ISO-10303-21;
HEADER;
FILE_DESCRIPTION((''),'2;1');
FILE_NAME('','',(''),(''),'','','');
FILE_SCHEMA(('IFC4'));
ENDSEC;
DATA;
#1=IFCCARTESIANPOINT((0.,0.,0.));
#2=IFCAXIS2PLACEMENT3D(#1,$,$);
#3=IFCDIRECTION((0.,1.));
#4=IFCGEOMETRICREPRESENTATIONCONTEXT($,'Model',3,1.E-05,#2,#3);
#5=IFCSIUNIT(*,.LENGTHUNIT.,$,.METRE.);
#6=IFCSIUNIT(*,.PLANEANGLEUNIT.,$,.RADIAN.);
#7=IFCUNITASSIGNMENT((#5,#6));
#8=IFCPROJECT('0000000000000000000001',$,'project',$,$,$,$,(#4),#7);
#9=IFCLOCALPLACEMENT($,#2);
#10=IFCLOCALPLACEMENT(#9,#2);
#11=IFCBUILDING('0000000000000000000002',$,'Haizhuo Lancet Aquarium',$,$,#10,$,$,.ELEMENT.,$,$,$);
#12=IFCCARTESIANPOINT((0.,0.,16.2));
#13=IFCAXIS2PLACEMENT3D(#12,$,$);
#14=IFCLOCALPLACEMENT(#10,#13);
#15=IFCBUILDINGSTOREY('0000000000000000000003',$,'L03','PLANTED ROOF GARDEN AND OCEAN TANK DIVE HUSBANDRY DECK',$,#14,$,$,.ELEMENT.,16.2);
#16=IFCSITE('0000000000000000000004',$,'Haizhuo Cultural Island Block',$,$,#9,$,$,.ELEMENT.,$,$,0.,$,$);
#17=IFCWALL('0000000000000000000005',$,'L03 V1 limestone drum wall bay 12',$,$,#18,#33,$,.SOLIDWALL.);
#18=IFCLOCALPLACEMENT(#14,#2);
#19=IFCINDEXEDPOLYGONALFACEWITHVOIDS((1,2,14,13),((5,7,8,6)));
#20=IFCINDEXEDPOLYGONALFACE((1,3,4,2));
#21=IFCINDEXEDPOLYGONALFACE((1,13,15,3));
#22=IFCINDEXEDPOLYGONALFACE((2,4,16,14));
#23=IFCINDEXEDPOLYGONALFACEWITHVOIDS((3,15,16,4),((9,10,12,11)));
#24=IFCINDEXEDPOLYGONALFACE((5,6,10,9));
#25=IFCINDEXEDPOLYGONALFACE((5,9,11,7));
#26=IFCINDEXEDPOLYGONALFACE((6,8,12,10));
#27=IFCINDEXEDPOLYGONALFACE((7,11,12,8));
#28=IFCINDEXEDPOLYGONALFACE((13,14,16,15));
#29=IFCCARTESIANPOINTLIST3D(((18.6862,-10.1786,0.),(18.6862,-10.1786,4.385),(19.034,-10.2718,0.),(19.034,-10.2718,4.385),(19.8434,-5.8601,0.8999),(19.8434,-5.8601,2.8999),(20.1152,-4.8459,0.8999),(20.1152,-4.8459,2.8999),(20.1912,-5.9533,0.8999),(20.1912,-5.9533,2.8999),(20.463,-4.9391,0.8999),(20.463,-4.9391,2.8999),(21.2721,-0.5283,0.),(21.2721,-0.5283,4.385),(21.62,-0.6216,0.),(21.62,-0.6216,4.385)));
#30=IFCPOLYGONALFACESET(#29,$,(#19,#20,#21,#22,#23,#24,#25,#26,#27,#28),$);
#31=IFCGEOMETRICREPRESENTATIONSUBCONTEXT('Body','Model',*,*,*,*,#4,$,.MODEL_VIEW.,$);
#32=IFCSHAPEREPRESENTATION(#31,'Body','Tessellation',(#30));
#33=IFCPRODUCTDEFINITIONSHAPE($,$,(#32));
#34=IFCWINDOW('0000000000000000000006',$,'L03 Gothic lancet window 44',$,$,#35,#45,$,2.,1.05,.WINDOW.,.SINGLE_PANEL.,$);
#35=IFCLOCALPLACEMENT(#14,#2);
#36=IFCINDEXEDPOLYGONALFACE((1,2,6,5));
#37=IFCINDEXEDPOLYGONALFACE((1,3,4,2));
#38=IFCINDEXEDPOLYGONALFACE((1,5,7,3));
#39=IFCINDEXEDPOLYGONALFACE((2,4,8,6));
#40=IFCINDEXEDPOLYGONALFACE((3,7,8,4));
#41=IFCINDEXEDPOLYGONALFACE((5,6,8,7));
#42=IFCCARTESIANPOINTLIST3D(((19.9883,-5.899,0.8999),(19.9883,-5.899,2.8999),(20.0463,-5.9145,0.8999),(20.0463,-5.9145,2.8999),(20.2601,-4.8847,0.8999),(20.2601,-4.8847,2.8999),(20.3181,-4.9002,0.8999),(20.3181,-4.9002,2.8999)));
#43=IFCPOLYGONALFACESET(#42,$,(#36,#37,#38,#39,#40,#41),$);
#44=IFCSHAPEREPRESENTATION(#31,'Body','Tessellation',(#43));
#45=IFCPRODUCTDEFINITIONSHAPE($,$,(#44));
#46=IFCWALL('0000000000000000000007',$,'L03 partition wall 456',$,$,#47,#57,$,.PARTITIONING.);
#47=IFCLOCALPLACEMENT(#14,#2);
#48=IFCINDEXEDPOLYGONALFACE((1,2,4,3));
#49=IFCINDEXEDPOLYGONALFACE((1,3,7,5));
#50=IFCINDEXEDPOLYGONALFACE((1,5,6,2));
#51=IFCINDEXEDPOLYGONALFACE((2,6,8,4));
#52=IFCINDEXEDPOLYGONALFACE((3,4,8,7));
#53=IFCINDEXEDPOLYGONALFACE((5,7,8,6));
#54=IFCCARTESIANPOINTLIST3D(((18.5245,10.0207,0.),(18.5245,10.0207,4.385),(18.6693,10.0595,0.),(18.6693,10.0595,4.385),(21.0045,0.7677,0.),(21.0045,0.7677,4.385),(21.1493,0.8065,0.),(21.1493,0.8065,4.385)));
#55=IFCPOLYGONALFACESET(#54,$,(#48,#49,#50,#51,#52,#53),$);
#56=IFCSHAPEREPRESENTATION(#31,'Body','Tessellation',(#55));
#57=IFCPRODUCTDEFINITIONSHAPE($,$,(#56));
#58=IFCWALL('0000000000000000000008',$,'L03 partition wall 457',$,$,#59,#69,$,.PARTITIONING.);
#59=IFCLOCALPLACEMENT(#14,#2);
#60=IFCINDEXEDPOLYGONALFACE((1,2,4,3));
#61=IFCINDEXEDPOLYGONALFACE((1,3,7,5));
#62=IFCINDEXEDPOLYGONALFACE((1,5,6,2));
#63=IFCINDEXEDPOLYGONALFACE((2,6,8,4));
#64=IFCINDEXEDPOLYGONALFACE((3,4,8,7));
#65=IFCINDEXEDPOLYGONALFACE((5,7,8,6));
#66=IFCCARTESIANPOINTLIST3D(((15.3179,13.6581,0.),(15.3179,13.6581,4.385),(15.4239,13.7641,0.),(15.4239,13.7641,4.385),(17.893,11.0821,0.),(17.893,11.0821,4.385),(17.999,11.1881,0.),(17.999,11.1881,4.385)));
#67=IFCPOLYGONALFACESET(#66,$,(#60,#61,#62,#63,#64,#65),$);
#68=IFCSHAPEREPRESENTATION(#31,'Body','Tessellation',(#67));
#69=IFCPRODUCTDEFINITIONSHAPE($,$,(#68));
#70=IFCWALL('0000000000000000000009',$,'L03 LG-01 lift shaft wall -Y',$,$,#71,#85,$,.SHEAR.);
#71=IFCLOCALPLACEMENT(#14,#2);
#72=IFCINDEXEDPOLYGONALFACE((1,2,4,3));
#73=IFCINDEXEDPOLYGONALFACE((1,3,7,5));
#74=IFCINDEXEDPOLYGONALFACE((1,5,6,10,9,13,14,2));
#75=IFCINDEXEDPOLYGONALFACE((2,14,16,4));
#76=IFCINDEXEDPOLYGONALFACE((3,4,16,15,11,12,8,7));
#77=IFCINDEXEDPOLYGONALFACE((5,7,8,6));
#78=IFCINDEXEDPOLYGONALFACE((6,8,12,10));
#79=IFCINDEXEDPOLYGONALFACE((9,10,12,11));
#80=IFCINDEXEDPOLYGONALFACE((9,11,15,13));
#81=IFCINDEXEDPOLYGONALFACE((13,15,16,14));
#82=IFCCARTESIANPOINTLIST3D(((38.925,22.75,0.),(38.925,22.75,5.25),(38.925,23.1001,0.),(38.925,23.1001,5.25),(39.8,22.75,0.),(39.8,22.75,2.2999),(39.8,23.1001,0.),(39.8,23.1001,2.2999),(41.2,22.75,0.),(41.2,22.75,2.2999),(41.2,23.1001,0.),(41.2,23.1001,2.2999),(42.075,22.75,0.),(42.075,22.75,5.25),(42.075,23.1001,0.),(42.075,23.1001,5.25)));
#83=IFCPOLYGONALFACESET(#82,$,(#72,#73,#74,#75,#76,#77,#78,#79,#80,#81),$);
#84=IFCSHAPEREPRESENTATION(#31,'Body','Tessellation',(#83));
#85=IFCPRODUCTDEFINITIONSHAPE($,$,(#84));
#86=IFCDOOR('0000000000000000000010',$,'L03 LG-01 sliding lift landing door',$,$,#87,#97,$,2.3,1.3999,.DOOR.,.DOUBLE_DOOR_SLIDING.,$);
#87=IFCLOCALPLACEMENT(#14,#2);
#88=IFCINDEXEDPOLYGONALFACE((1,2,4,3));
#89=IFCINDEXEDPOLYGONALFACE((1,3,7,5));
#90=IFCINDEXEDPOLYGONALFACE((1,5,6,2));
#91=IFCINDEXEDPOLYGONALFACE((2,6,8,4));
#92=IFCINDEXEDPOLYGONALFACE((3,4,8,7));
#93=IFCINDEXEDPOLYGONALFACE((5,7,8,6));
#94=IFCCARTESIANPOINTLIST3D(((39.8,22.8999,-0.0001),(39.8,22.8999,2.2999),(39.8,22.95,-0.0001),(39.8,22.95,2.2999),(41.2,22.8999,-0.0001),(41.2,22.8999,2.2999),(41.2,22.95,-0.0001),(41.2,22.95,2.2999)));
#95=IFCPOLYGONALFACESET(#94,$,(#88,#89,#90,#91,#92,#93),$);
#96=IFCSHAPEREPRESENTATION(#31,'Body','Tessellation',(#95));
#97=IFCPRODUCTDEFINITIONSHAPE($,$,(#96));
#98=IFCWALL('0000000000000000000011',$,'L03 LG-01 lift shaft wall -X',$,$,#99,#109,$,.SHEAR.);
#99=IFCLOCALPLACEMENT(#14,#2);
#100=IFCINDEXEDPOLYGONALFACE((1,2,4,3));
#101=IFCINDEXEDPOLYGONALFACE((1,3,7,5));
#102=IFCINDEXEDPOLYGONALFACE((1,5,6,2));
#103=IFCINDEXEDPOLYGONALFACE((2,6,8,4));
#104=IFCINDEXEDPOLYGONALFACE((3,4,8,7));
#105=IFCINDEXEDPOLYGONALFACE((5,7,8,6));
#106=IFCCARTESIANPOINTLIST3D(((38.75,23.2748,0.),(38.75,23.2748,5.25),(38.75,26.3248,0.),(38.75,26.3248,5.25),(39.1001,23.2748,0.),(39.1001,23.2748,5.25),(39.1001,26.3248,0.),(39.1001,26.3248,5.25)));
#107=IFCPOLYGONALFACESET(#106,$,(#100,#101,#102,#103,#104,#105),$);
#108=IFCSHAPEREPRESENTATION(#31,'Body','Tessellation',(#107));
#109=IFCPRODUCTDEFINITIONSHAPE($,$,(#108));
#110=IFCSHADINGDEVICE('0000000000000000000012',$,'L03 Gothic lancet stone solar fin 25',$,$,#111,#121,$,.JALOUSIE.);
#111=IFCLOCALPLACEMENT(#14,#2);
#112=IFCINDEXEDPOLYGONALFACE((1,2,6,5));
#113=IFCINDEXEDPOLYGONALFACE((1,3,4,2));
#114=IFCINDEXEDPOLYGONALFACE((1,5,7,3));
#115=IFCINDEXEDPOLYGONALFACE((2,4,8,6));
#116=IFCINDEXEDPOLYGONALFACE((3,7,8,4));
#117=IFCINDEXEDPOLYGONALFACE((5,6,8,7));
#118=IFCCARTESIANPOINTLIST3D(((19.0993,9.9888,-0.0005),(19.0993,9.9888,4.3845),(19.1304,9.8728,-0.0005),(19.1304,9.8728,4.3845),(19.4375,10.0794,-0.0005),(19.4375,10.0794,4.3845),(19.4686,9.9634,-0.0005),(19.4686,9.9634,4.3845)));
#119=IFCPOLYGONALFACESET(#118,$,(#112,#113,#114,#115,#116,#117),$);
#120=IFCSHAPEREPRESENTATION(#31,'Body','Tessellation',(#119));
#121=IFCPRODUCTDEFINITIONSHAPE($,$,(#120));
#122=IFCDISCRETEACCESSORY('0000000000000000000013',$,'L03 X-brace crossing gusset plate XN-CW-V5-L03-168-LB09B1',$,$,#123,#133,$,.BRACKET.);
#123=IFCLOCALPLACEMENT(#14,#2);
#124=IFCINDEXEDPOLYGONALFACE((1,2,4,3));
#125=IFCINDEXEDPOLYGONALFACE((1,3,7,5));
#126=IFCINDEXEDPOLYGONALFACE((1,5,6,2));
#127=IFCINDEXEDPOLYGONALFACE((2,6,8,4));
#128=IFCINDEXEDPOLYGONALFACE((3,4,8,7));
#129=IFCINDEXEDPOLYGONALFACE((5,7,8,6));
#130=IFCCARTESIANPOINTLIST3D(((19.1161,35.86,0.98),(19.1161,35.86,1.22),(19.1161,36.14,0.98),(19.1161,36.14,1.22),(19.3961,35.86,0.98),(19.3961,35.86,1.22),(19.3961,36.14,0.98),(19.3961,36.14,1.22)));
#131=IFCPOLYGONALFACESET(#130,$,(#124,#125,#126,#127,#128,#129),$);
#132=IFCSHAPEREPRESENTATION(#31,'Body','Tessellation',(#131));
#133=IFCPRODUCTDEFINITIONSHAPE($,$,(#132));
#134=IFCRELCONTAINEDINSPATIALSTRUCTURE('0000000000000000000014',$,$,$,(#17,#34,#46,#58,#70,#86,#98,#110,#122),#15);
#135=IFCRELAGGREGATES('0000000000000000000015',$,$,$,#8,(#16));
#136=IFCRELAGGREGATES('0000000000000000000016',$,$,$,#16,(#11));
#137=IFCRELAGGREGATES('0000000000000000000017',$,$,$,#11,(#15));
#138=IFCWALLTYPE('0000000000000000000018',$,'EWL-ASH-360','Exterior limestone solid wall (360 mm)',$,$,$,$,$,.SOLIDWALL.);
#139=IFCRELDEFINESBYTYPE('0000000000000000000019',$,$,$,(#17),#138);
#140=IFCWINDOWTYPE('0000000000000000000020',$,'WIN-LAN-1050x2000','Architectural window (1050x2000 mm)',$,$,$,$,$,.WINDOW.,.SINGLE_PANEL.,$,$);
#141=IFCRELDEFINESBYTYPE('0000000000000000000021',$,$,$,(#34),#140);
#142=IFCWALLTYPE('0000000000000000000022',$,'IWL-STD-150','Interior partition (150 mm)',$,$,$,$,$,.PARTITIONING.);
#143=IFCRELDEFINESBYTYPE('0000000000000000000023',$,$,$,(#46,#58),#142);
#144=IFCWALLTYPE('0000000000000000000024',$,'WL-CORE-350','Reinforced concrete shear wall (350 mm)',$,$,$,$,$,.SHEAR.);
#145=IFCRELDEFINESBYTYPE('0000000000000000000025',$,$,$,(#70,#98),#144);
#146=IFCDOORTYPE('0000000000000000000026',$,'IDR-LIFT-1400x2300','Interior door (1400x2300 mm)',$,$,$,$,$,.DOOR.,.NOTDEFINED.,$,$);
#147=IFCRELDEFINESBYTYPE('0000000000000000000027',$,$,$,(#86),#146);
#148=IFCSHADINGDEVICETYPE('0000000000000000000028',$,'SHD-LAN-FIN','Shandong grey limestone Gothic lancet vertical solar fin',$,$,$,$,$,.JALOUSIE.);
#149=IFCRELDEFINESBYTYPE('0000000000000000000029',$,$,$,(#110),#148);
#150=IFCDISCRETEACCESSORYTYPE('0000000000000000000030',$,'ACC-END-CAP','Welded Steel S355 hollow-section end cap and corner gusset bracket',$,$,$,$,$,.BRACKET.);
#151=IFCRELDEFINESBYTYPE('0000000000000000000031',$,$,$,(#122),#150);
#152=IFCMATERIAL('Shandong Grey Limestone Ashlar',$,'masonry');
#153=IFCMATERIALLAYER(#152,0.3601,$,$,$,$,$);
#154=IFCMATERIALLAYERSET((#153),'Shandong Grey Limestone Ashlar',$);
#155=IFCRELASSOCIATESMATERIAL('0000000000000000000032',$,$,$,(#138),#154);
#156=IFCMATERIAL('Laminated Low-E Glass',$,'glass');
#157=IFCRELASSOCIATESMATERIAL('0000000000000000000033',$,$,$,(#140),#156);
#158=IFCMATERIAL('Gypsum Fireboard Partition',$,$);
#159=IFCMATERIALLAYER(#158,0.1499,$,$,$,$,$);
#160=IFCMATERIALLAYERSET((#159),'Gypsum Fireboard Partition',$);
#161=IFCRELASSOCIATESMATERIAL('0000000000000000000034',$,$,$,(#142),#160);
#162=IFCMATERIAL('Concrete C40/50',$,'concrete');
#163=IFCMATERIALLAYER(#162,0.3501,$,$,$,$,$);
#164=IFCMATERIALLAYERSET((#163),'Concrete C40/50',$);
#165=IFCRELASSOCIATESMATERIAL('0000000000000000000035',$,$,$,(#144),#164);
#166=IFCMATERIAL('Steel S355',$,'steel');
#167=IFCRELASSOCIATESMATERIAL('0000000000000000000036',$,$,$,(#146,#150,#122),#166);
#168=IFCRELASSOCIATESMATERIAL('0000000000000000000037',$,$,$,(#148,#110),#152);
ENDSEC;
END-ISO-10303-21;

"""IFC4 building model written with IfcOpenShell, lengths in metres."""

from ifc_helpers import new_model, si_unit, direction, frame, frame_2d, origin, origin_2d, place, context, subcontext, project, spatial, rectangle, extrude, material, layer, layer_set, type_object, element, fill, save


model = new_model("IFC4")

# Units and contexts
model_context = context("Model", 3, precision=1e-05, world=origin(), true_north=direction((0.0, 1.0)))
body_context = subcontext(model_context, "Body", "Model", "MODEL_VIEW")
ifc_project = project(units=[si_unit("LENGTHUNIT", "METRE"), si_unit("PLANEANGLEUNIT", "RADIAN")], contexts=[model_context])

# Site, building, storey
site_placement = place(None, origin())
site = spatial("IfcSite", under=ifc_project, at=site_placement, Name="Haizhuo Cultural Island Block", CompositionType="ELEMENT", RefElevation=0.0)
building_placement = place(site_placement, origin())
building = spatial("IfcBuilding", under=site, at=building_placement, Name="Haizhuo Lancet Aquarium", CompositionType="ELEMENT")
storey_placement = place(building_placement, frame((0.0, 0.0, 16.2)))
storey = spatial("IfcBuildingStorey", under=building, at=storey_placement, Name="L03", Description="PLANTED ROOF GARDEN AND OCEAN TANK DIVE HUSBANDRY DECK", CompositionType="ELEMENT", Elevation=16.2)

# Shared definitions
ifc_material_1 = material(Name="Concrete C40/50", Category="concrete")

# Shared definitions
ifc_material_2 = material(Name="Steel S355", Category="steel")

# Shared definitions
ifc_material_3 = material(Name="Shandong Grey Limestone Ashlar", Category="masonry")

# Wall, opening, window
ifc_layer_1 = layer(ifc_material_3, 0.3601)
ifc_layer_set_1 = layer_set([ifc_layer_1], Name="Shandong Grey Limestone Ashlar")
wall_type_1 = type_object("IfcWallType", Name="EWL-ASH-360", Description="Exterior limestone solid wall (360 mm)", PredefinedType="SOLIDWALL", material=ifc_layer_set_1)
ifc_material_4 = material(Name="Laminated Low-E Glass", Category="glass")
wall_1_placement = place(storey_placement, frame((21.446, -0.575, 0.0), z_axis=(0.0, 0.0, 1.0), x_axis=(-0.258837, -0.965921, 0.0)))
wall_1 = element("IfcWall", 1, at=wall_1_placement, inside=storey, type_object=wall_type_1, Name="L03 V1 limestone drum wall bay 12", PredefinedType="SOLIDWALL", context=body_context, shape_type="SweptSolid", body=[
    extrude(rectangle(XDim=9.9907, YDim=0.3601, at=frame_2d((4.9954, 0.0))), origin(), (0.0, 0.0, 1.0), 4.385),
])
opening_1_placement = place(wall_1_placement, frame((4.47, 0.0, 0.8999)))
opening_1 = element("IfcOpeningElement", 2, at=opening_1_placement, cuts=wall_1, PredefinedType="OPENING", context=body_context, shape_type="SweptSolid", body=[
    extrude(rectangle(XDim=1.05, YDim=2.0, at=frame_2d((0.5249, 1.0))), frame((0.0, 0.1899, 0.0), z_axis=(0.0, -1.0, 0.0), x_axis=(1.0, 0.0, 0.0)), (0.0, 0.0, 1.0), 0.3801),
])
window_type_1 = type_object("IfcWindowType", Name="WIN-LAN-1050x2000", Description="Architectural window (1050x2000 mm)", PartitioningType="SINGLE_PANEL", PredefinedType="WINDOW", material=ifc_material_4)
window_1_placement = place(opening_1_placement, origin())
window_1 = element("IfcWindow", 3, at=window_1_placement, inside=storey, type_object=window_type_1, Name="L03 Gothic lancet window 44", OverallHeight=2.0, OverallWidth=1.05, PartitioningType="SINGLE_PANEL", PredefinedType="WINDOW", context=body_context, shape_type="SweptSolid", body=[
    extrude(rectangle(XDim=1.05, YDim=2.0, at=frame_2d((0.5249, 1.0))), frame((0.0, 0.03, 0.0), z_axis=(0.0, -1.0, 0.0), x_axis=(1.0, 0.0, 0.0)), (0.0, 0.0, 1.0), 0.0601),
])
fill(opening_1, window_1)

# Walls
ifc_material_5 = material(Name="Gypsum Fireboard Partition")
ifc_layer_2 = layer(ifc_material_5, 0.1499)
ifc_layer_set_2 = layer_set([ifc_layer_2], Name="Gypsum Fireboard Partition")
wall_type_2 = type_object("IfcWallType", Name="IWL-STD-150", Description="Interior partition (150 mm)", PredefinedType="PARTITIONING", material=ifc_layer_set_2)
wall_2_placement = place(storey_placement, frame((21.0769, 0.7871, 0.0), z_axis=(0.0, 0.0, 1.0), x_axis=(-0.258884, 0.965908, 0.0)))
element("IfcWall", 4, at=wall_2_placement, inside=storey, type_object=wall_type_2, Name="L03 partition wall 456", PredefinedType="PARTITIONING", context=body_context, shape_type="SweptSolid", body=[
    extrude(rectangle(XDim=9.5796, YDim=0.1499, at=frame_2d((4.7898, 0.0))), origin(), (0.0, 0.0, 1.0), 4.385),
])
wall_3_placement = place(storey_placement, frame((17.946, 11.135, 0.0), z_axis=(0.0, 0.0, 1.0), x_axis=(-0.706973, 0.707241, 0.0)))
element("IfcWall", 5, at=wall_3_placement, inside=storey, type_object=wall_type_2, Name="L03 partition wall 457", PredefinedType="PARTITIONING", context=body_context, shape_type="SweptSolid", body=[
    extrude(rectangle(XDim=3.6423, YDim=0.1499, at=frame_2d((1.8213, 0.0))), origin(), (0.0, 0.0, 1.0), 4.385),
])

# Wall, opening, door
ifc_layer_3 = layer(ifc_material_1, 0.3501)
ifc_layer_set_3 = layer_set([ifc_layer_3], Name="Concrete C40/50")
wall_type_3 = type_object("IfcWallType", Name="WL-CORE-350", Description="Reinforced concrete shear wall (350 mm)", PredefinedType="SHEAR", material=ifc_layer_set_3)
wall_4_placement = place(storey_placement, frame((38.925, 22.925, 0.0), z_axis=(0.0, 0.0, 1.0), x_axis=(1.0, 0.0, 0.0)))
wall_4 = element("IfcWall", 6, at=wall_4_placement, inside=storey, type_object=wall_type_3, Name="L03 LG-01 lift shaft wall -Y", PredefinedType="SHEAR", context=body_context, shape_type="SweptSolid", body=[
    extrude(rectangle(XDim=3.1499, YDim=0.3501, at=frame_2d((1.575, 0.0))), origin(), (0.0, 0.0, 1.0), 5.25),
])
opening_2_placement = place(wall_4_placement, frame((0.875, 0.0, 0.0)))
opening_2 = element("IfcOpeningElement", 7, at=opening_2_placement, cuts=wall_4, PredefinedType="OPENING", context=body_context, shape_type="SweptSolid", body=[
    extrude(rectangle(XDim=1.3999, YDim=2.3, at=frame_2d((0.7, 1.1499))), frame((0.0, 0.1851, 0.0), z_axis=(0.0, -1.0, 0.0), x_axis=(1.0, 0.0, 0.0)), (0.0, 0.0, 1.0), 0.3701),
])
door_type = type_object("IfcDoorType", Name="IDR-LIFT-1400x2300", Description="Interior door (1400x2300 mm)", OperationType="NOTDEFINED", PredefinedType="DOOR", material=ifc_material_2)
door_placement = place(opening_2_placement, origin())
door = element("IfcDoor", 8, at=door_placement, inside=storey, type_object=door_type, Name="L03 LG-01 sliding lift landing door", OperationType="DOUBLE_DOOR_SLIDING", OverallHeight=2.3, OverallWidth=1.3999, PredefinedType="DOOR", context=body_context, shape_type="SweptSolid", body=[
    extrude(rectangle(XDim=1.3999, YDim=2.3, at=frame_2d((0.7, 1.1499))), frame((0.0, 0.0249, 0.0), z_axis=(0.0, -1.0, 0.0), x_axis=(1.0, 0.0, 0.0)), (0.0, 0.0, 1.0), 0.05),
])
fill(opening_2, door)

# Wall
wall_5_placement = place(storey_placement, frame((38.925, 23.2749, 0.0), z_axis=(0.0, 0.0, 1.0), x_axis=(0.0, 1.0, 0.0)))
element("IfcWall", 9, at=wall_5_placement, inside=storey, type_object=wall_type_3, Name="L03 LG-01 lift shaft wall -X", PredefinedType="SHEAR", context=body_context, shape_type="SweptSolid", body=[
    extrude(rectangle(XDim=3.05, YDim=0.3501, at=frame_2d((1.5249, 0.0))), origin(), (0.0, 0.0, 1.0), 5.25),
])

# Shading device
shading_device_type = type_object("IfcShadingDeviceType", Name="SHD-LAN-FIN", Description="Shandong grey limestone Gothic lancet vertical solar fin", PredefinedType="JALOUSIE", material=ifc_material_3)
shading_device_placement = place(storey_placement, frame((19.2839, 9.9761, -0.0005), z_axis=(0.0, 0.0, 1.0), x_axis=(0.258846, -0.965919, 0.0)))
element("IfcShadingDevice", 10, at=shading_device_placement, inside=storey, type_object=shading_device_type, material=ifc_material_3, Name="L03 Gothic lancet stone solar fin 25", PredefinedType="JALOUSIE", context=body_context, shape_type="SweptSolid", body=[
    extrude(rectangle(XDim=0.1201, YDim=0.3501, at=origin_2d()), origin(), (0.0, 0.0, 1.0), 4.385),
])

# Discrete accessory
discrete_accessory_type = type_object("IfcDiscreteAccessoryType", Name="ACC-END-CAP", Description="Welded Steel S355 hollow-section end cap and corner gusset bracket", PredefinedType="BRACKET", material=ifc_material_2)
discrete_accessory_placement = place(storey_placement, frame((19.2561, 36.0, 0.98), z_axis=(0.0, 0.0, 1.0), x_axis=(1.0, 0.0, 0.0)))
element("IfcDiscreteAccessory", 11, at=discrete_accessory_placement, inside=storey, type_object=discrete_accessory_type, material=ifc_material_2, Name="L03 X-brace crossing gusset plate XN-CW-V5-L03-168-LB09B1", PredefinedType="BRACKET", context=body_context, shape_type="SweptSolid", body=[
    extrude(rectangle(XDim=0.28, YDim=0.28, at=origin_2d()), origin(), (0.0, 0.0, 1.0), 0.24),
])

save(model, "model.ifc")
